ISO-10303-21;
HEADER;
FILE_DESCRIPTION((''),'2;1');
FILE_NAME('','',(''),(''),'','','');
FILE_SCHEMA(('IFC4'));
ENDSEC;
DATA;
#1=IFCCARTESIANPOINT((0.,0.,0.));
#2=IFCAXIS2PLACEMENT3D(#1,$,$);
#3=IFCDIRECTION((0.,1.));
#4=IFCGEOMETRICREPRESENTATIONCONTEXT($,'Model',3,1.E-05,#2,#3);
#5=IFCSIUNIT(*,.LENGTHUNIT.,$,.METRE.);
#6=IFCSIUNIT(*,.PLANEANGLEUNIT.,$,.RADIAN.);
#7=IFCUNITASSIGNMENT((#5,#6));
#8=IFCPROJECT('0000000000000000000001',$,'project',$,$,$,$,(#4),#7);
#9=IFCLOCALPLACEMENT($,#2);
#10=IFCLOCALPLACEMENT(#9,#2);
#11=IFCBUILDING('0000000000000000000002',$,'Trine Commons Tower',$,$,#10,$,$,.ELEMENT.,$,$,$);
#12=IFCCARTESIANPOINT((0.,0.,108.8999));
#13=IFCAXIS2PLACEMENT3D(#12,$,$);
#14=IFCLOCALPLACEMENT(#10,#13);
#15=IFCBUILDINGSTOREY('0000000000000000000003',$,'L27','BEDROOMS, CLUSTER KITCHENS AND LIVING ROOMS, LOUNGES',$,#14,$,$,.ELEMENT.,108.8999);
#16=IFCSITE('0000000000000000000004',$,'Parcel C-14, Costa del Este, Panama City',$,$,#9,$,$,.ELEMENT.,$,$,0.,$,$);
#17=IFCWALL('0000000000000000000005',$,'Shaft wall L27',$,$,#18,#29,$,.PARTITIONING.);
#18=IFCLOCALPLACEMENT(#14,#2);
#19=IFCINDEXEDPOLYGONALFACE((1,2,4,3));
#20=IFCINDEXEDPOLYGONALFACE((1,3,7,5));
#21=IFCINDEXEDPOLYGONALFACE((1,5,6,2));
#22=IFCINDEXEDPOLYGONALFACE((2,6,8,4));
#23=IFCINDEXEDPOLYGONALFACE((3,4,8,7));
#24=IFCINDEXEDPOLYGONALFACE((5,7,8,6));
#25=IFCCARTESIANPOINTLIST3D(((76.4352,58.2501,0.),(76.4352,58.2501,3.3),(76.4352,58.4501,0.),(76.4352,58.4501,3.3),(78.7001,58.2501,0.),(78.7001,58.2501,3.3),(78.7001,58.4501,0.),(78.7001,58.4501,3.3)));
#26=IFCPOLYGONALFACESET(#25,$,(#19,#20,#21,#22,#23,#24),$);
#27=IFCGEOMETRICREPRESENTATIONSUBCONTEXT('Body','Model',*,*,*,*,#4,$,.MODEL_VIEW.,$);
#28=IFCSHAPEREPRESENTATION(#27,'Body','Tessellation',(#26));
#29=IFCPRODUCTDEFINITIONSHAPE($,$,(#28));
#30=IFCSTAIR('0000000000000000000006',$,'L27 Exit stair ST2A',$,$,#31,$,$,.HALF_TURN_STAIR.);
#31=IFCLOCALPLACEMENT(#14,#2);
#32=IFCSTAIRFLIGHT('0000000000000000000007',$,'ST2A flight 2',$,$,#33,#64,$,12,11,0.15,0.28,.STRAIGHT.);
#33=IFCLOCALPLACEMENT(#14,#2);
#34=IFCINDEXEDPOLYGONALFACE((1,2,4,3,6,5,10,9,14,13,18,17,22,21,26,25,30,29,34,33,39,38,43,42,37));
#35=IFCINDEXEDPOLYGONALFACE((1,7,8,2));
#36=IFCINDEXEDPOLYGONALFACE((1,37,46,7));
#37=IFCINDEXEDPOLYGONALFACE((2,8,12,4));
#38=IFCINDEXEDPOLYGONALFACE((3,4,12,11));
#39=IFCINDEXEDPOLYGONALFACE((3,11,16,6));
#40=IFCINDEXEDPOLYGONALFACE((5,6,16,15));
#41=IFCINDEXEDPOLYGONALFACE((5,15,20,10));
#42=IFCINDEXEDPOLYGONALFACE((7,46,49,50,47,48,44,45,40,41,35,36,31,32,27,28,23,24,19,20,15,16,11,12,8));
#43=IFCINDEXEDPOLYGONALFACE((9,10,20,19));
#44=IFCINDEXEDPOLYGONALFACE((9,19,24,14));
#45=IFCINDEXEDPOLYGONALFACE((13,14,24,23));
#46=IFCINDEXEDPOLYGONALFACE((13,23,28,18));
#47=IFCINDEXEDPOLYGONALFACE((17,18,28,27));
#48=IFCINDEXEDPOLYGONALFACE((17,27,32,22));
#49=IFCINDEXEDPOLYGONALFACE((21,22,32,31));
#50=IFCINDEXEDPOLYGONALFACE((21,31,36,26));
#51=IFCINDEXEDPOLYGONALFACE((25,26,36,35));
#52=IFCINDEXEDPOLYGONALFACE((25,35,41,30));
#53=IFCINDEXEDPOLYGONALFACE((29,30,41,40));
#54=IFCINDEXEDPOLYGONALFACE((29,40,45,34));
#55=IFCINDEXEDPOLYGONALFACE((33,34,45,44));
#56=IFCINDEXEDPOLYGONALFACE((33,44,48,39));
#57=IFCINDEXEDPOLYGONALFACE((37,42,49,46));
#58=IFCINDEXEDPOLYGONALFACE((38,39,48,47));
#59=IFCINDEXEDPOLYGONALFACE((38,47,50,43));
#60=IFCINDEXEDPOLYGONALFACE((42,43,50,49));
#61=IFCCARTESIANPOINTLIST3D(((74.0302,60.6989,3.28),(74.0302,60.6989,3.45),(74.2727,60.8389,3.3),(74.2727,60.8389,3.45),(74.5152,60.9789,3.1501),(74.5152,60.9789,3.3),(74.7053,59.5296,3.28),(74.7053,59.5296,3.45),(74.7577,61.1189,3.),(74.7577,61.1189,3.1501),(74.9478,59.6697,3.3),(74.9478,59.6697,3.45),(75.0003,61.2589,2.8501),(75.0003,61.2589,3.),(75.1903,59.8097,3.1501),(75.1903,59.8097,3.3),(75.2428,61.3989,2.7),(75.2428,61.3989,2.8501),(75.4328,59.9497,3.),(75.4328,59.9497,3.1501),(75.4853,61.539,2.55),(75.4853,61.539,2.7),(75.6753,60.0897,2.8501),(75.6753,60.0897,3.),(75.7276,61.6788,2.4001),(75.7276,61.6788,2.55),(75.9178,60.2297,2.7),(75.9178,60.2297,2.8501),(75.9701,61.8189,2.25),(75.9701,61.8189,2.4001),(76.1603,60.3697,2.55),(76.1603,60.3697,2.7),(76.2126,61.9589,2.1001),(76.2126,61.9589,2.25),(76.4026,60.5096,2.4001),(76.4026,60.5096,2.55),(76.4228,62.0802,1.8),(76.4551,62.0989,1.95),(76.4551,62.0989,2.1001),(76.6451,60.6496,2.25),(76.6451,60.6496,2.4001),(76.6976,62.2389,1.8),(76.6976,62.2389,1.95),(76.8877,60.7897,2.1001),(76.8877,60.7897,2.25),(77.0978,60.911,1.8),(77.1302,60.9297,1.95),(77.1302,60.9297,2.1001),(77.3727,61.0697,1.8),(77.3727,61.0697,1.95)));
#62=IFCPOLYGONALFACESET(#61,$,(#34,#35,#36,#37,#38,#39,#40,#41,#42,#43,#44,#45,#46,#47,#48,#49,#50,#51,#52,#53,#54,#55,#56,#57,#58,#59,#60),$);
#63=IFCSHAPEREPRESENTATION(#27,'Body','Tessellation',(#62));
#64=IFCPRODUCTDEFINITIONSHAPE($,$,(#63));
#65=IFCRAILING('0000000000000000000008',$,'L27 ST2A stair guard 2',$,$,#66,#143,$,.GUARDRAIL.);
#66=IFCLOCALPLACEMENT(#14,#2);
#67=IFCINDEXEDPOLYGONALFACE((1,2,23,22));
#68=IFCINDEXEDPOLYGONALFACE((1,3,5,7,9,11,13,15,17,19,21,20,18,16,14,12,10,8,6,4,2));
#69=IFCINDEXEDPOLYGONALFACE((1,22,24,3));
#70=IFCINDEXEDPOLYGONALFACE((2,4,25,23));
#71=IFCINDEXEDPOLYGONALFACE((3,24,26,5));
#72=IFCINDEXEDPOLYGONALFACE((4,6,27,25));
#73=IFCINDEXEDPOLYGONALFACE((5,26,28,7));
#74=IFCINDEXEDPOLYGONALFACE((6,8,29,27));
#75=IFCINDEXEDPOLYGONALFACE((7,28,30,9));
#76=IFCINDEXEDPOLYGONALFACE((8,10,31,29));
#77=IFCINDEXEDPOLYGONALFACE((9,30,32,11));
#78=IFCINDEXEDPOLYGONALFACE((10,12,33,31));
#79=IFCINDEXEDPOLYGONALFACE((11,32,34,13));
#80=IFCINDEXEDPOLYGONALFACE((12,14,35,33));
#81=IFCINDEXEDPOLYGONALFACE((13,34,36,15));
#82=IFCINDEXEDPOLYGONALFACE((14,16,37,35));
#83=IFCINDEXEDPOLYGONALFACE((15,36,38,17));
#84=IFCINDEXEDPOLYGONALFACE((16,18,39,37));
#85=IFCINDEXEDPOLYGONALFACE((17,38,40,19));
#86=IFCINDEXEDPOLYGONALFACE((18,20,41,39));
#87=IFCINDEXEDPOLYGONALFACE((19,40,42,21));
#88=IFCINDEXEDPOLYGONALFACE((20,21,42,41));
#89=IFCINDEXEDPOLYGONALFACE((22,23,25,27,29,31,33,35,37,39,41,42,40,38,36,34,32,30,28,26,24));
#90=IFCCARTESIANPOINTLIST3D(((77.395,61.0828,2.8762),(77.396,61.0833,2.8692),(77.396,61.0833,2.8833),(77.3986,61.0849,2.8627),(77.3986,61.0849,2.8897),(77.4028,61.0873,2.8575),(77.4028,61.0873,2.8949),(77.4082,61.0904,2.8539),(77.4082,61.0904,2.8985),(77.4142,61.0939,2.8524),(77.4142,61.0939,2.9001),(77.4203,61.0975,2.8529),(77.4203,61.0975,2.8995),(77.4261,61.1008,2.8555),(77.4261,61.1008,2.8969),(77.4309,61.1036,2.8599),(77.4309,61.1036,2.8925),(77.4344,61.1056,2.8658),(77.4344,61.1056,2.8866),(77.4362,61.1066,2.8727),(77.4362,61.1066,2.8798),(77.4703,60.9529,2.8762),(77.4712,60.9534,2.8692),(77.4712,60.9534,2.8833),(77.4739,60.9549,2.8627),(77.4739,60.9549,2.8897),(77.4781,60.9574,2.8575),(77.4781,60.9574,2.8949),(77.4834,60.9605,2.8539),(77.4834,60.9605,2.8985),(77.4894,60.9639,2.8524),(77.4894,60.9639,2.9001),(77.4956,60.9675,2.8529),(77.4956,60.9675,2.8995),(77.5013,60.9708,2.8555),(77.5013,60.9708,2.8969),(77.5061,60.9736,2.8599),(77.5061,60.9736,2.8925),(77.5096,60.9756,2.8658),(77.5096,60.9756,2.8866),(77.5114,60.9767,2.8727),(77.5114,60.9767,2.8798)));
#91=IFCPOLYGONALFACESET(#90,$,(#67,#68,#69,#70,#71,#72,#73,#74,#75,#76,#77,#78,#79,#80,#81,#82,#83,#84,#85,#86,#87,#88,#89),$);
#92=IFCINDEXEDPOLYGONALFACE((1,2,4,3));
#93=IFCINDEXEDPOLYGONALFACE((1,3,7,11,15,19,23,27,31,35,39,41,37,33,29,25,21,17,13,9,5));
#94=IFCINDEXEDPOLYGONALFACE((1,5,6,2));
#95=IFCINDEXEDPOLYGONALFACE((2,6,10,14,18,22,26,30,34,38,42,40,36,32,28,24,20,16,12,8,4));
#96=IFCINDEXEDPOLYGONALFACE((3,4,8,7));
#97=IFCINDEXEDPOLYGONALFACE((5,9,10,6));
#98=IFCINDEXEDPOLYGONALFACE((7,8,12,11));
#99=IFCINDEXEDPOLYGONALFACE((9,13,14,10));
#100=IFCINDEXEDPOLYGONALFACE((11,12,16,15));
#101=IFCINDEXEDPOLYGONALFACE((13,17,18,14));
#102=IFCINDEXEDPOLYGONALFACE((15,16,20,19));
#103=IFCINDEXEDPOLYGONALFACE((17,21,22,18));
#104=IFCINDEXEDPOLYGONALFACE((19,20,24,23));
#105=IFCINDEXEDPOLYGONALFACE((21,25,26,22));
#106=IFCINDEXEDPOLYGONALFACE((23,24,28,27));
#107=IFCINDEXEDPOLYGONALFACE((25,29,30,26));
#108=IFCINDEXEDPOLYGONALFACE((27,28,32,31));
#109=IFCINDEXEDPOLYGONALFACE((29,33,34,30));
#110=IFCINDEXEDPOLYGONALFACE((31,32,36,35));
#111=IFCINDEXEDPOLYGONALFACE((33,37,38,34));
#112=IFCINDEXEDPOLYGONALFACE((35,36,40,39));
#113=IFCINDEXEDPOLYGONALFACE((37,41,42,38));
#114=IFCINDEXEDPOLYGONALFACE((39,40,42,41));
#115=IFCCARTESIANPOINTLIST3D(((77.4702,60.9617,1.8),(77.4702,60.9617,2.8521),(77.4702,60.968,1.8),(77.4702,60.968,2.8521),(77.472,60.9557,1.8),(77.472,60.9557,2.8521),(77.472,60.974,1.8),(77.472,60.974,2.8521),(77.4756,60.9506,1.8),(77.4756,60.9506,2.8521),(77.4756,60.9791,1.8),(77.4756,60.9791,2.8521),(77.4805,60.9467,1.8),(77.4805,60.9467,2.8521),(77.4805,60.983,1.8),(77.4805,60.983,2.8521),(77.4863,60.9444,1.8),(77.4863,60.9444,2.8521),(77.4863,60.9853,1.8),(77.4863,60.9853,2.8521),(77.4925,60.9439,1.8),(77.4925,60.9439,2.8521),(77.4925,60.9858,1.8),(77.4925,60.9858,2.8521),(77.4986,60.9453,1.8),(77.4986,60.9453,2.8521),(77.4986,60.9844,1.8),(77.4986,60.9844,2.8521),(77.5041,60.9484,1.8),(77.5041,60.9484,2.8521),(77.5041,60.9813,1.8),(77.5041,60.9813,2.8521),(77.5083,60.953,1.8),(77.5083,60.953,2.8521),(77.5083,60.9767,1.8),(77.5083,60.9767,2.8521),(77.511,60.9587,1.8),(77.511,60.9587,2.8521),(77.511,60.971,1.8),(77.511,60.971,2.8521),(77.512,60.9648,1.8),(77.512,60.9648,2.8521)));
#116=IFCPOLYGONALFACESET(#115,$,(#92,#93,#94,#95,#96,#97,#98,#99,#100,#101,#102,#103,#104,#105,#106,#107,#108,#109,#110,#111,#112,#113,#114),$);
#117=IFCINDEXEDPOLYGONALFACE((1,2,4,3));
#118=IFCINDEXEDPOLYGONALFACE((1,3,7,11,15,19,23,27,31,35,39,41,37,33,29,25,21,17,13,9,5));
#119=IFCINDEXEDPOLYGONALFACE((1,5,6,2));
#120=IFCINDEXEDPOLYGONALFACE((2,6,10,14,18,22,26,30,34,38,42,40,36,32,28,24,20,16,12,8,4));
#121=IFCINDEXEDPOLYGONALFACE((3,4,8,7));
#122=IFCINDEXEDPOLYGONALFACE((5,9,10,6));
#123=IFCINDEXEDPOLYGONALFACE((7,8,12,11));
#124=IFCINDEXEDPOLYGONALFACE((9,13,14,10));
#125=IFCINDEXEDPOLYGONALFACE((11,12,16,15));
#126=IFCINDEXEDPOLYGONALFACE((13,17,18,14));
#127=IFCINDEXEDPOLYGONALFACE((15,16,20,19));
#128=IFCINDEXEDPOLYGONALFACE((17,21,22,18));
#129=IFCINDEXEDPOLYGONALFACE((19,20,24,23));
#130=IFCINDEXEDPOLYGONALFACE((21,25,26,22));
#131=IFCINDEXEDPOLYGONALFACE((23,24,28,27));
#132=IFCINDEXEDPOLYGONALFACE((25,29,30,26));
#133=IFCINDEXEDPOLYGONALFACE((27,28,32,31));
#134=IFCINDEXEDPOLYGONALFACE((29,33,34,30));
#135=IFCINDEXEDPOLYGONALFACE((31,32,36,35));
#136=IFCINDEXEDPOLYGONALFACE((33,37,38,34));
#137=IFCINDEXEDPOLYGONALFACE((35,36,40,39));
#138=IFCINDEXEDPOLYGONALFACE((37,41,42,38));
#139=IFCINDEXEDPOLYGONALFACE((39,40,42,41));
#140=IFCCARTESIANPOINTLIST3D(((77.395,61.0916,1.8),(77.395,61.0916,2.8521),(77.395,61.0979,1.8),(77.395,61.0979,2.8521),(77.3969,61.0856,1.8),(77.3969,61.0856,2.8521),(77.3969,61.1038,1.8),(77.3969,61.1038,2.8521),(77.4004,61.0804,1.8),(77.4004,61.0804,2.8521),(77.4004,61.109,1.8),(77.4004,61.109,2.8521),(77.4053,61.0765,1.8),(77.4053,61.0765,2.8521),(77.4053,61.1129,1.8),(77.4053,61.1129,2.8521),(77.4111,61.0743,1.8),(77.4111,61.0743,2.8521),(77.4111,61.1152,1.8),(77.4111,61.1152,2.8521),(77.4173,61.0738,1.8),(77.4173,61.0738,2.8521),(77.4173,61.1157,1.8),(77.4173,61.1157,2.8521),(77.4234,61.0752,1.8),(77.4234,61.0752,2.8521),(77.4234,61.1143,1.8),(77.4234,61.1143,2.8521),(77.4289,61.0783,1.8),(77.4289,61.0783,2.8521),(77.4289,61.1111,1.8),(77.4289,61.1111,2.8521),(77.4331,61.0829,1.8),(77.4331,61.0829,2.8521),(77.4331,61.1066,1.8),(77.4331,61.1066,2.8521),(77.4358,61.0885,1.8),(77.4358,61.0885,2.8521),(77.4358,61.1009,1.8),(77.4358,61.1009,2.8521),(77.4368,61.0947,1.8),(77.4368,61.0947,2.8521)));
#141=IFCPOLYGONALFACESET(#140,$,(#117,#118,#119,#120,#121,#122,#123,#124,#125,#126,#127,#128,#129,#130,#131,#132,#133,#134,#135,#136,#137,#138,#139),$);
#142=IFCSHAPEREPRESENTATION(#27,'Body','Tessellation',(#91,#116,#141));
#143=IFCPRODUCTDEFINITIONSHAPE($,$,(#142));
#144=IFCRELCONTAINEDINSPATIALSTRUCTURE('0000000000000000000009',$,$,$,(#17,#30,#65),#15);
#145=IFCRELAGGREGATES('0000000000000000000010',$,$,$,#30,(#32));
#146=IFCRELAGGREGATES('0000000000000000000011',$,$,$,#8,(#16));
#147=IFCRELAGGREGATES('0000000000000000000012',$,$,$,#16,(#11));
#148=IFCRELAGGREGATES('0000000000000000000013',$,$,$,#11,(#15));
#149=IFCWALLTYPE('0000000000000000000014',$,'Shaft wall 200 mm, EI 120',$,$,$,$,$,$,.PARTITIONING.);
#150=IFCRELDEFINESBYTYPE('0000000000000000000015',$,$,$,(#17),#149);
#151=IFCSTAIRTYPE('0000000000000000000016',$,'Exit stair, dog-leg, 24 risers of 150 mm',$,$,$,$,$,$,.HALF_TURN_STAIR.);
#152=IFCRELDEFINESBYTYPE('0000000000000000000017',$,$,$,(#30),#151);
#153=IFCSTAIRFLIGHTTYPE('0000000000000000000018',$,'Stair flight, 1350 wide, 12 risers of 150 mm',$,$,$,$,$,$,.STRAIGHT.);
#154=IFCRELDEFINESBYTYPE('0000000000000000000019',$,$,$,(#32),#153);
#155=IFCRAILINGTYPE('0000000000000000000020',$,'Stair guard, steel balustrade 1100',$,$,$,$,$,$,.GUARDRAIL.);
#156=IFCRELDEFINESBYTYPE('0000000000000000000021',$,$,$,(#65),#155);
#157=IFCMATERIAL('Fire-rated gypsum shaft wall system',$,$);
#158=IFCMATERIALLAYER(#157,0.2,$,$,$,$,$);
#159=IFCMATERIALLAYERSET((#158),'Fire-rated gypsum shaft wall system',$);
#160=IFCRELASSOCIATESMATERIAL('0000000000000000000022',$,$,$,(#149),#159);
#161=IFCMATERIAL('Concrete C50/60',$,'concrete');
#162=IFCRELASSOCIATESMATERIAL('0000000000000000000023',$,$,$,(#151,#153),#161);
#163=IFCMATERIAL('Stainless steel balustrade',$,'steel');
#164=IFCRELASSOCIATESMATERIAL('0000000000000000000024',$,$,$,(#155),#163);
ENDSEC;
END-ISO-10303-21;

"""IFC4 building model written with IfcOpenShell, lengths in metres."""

from ifc_helpers import new_model, si_unit, direction, frame, frame_2d, origin, origin_2d, place, context, subcontext, project, spatial, polyline, rectangle, circle, outline, extrude, material, layer, layer_set, type_object, element, aggregate, save


model = new_model("IFC4")

# Units and contexts
model_context = context("Model", 3, precision=1e-05, world=origin(), true_north=direction((0.0, 1.0)))
body_context = subcontext(model_context, "Body", "Model", "MODEL_VIEW")
ifc_project = project(units=[si_unit("LENGTHUNIT", "METRE"), si_unit("PLANEANGLEUNIT", "RADIAN")], contexts=[model_context])

# Site, building, storey
site_placement = place(None, origin())
site = spatial("IfcSite", under=ifc_project, at=site_placement, Name="Parcel C-14, Costa del Este, Panama City", CompositionType="ELEMENT", RefElevation=0.0)
building_placement = place(site_placement, origin())
building = spatial("IfcBuilding", under=site, at=building_placement, Name="Trine Commons Tower", CompositionType="ELEMENT")
storey_placement = place(building_placement, frame((0.0, 0.0, 108.8999)))
storey = spatial("IfcBuildingStorey", under=building, at=storey_placement, Name="L27", Description="BEDROOMS, CLUSTER KITCHENS AND LIVING ROOMS, LOUNGES", CompositionType="ELEMENT", Elevation=108.8999)

# Shared definitions
ifc_material_1 = material(Name="Fire-rated gypsum shaft wall system")

# Wall
ifc_layer_1 = layer(ifc_material_1, 0.2)
ifc_layer_set_1 = layer_set([ifc_layer_1], Name="Fire-rated gypsum shaft wall system")
wall_type_1 = type_object("IfcWallType", Name="Shaft wall 200 mm, EI 120", PredefinedType="PARTITIONING", material=ifc_layer_set_1)
wall_1_placement = place(storey_placement, frame((78.7, 58.3501, 0.0), z_axis=(0.0, 0.0, 1.0), x_axis=(-1.0, 0.0, 0.0)))
element("IfcWall", 1, at=wall_1_placement, inside=storey, type_object=wall_type_1, Name="Shaft wall L27", PredefinedType="PARTITIONING", context=body_context, shape_type="SweptSolid", body=[
    extrude(rectangle(XDim=2.2649, YDim=0.2, at=frame_2d((1.1323, 0.0))), origin(), (0.0, 0.0, 1.0), 3.3),
])

# Stair, stair flight
ifc_material_2 = material(Name="Concrete C50/60", Category="concrete")
stair_type = type_object("IfcStairType", Name="Exit stair, dog-leg, 24 risers of 150 mm", PredefinedType="HALF_TURN_STAIR", material=ifc_material_2)
stair_placement = place(storey_placement, origin())
stair = element("IfcStair", 2, at=stair_placement, inside=storey, type_object=stair_type, Name="L27 Exit stair ST2A", PredefinedType="HALF_TURN_STAIR")
stair_flight_type = type_object("IfcStairFlightType", Name="Stair flight, 1350 wide, 12 risers of 150 mm", PredefinedType="STRAIGHT", material=ifc_material_2)
stair_flight_placement = place(storey_placement, frame((77.0352, 61.6543, 1.8), z_axis=(0.0, 0.0, 1.0), x_axis=(-0.866025, -0.5, 0.0)))
stair_flight = element("IfcStairFlight", 3, at=stair_flight_placement, type_object=stair_flight_type, Name="ST2A flight 2", NumberOfRisers=12, NumberOfTreads=11, PredefinedType="STRAIGHT", RiserHeight=0.15, TreadLength=0.28, context=body_context, shape_type="SweptSolid", body=[
    extrude(outline(polyline([(0.0, 0.0), (0.0, 0.1499), (0.28, 0.1499), (0.28, 0.3), (0.5601, 0.3), (0.5601, 0.45), (0.8401, 0.45), (0.8401, 0.6001), (1.1201, 0.6001), (1.1201, 0.75), (1.3999, 0.75), (1.3999, 0.8999), (1.6799, 0.8999), (1.6799, 1.05), (1.96, 1.05), (1.96, 1.2), (2.24, 1.2), (2.24, 1.3501), (2.52, 1.3501), (2.52, 1.5), (2.8, 1.5), (2.8, 1.6499), (3.0801, 1.6499), (3.0801, 1.8), (3.0801, 1.48), (0.3174, 0.0), (0.0, 0.0)])), frame((0.0, 0.675, 0.0), z_axis=(0.0, -1.0, 0.0), x_axis=(1.0, 0.0, 0.0)), (0.0, 0.0, 1.0), 1.3501),
])
aggregate(stair, [stair_flight])

# Railing
ifc_material_3 = material(Name="Stainless steel balustrade", Category="steel")
railing_type_1 = type_object("IfcRailingType", Name="Stair guard, steel balustrade 1100", PredefinedType="GUARDRAIL", material=ifc_material_3)
railing_1_placement = place(storey_placement, frame((77.491, 60.9648, 1.8)))
element("IfcRailing", 4, at=railing_1_placement, inside=storey, type_object=railing_type_1, Name="L27 ST2A stair guard 2", PredefinedType="GUARDRAIL", context=body_context, shape_type="SweptSolid", body=[
    extrude(circle(Radius=0.0239, at=origin_2d()), frame((0.0, 0.0, 1.0762), z_axis=(-0.501036, 0.865426, 0.0), x_axis=(-0.865426, -0.501036, 0.0)), (0.0, 0.0, 1.0), 0.1501),
    extrude(circle(Radius=0.021, at=origin_2d()), origin(), (0.0, 0.0, 1.0), 1.052),
    extrude(circle(Radius=0.021, at=origin_2d()), frame((-0.0752, 0.1299, 0.0)), (0.0, 0.0, 1.0), 1.052),
])

save(model, "model.ifc")
